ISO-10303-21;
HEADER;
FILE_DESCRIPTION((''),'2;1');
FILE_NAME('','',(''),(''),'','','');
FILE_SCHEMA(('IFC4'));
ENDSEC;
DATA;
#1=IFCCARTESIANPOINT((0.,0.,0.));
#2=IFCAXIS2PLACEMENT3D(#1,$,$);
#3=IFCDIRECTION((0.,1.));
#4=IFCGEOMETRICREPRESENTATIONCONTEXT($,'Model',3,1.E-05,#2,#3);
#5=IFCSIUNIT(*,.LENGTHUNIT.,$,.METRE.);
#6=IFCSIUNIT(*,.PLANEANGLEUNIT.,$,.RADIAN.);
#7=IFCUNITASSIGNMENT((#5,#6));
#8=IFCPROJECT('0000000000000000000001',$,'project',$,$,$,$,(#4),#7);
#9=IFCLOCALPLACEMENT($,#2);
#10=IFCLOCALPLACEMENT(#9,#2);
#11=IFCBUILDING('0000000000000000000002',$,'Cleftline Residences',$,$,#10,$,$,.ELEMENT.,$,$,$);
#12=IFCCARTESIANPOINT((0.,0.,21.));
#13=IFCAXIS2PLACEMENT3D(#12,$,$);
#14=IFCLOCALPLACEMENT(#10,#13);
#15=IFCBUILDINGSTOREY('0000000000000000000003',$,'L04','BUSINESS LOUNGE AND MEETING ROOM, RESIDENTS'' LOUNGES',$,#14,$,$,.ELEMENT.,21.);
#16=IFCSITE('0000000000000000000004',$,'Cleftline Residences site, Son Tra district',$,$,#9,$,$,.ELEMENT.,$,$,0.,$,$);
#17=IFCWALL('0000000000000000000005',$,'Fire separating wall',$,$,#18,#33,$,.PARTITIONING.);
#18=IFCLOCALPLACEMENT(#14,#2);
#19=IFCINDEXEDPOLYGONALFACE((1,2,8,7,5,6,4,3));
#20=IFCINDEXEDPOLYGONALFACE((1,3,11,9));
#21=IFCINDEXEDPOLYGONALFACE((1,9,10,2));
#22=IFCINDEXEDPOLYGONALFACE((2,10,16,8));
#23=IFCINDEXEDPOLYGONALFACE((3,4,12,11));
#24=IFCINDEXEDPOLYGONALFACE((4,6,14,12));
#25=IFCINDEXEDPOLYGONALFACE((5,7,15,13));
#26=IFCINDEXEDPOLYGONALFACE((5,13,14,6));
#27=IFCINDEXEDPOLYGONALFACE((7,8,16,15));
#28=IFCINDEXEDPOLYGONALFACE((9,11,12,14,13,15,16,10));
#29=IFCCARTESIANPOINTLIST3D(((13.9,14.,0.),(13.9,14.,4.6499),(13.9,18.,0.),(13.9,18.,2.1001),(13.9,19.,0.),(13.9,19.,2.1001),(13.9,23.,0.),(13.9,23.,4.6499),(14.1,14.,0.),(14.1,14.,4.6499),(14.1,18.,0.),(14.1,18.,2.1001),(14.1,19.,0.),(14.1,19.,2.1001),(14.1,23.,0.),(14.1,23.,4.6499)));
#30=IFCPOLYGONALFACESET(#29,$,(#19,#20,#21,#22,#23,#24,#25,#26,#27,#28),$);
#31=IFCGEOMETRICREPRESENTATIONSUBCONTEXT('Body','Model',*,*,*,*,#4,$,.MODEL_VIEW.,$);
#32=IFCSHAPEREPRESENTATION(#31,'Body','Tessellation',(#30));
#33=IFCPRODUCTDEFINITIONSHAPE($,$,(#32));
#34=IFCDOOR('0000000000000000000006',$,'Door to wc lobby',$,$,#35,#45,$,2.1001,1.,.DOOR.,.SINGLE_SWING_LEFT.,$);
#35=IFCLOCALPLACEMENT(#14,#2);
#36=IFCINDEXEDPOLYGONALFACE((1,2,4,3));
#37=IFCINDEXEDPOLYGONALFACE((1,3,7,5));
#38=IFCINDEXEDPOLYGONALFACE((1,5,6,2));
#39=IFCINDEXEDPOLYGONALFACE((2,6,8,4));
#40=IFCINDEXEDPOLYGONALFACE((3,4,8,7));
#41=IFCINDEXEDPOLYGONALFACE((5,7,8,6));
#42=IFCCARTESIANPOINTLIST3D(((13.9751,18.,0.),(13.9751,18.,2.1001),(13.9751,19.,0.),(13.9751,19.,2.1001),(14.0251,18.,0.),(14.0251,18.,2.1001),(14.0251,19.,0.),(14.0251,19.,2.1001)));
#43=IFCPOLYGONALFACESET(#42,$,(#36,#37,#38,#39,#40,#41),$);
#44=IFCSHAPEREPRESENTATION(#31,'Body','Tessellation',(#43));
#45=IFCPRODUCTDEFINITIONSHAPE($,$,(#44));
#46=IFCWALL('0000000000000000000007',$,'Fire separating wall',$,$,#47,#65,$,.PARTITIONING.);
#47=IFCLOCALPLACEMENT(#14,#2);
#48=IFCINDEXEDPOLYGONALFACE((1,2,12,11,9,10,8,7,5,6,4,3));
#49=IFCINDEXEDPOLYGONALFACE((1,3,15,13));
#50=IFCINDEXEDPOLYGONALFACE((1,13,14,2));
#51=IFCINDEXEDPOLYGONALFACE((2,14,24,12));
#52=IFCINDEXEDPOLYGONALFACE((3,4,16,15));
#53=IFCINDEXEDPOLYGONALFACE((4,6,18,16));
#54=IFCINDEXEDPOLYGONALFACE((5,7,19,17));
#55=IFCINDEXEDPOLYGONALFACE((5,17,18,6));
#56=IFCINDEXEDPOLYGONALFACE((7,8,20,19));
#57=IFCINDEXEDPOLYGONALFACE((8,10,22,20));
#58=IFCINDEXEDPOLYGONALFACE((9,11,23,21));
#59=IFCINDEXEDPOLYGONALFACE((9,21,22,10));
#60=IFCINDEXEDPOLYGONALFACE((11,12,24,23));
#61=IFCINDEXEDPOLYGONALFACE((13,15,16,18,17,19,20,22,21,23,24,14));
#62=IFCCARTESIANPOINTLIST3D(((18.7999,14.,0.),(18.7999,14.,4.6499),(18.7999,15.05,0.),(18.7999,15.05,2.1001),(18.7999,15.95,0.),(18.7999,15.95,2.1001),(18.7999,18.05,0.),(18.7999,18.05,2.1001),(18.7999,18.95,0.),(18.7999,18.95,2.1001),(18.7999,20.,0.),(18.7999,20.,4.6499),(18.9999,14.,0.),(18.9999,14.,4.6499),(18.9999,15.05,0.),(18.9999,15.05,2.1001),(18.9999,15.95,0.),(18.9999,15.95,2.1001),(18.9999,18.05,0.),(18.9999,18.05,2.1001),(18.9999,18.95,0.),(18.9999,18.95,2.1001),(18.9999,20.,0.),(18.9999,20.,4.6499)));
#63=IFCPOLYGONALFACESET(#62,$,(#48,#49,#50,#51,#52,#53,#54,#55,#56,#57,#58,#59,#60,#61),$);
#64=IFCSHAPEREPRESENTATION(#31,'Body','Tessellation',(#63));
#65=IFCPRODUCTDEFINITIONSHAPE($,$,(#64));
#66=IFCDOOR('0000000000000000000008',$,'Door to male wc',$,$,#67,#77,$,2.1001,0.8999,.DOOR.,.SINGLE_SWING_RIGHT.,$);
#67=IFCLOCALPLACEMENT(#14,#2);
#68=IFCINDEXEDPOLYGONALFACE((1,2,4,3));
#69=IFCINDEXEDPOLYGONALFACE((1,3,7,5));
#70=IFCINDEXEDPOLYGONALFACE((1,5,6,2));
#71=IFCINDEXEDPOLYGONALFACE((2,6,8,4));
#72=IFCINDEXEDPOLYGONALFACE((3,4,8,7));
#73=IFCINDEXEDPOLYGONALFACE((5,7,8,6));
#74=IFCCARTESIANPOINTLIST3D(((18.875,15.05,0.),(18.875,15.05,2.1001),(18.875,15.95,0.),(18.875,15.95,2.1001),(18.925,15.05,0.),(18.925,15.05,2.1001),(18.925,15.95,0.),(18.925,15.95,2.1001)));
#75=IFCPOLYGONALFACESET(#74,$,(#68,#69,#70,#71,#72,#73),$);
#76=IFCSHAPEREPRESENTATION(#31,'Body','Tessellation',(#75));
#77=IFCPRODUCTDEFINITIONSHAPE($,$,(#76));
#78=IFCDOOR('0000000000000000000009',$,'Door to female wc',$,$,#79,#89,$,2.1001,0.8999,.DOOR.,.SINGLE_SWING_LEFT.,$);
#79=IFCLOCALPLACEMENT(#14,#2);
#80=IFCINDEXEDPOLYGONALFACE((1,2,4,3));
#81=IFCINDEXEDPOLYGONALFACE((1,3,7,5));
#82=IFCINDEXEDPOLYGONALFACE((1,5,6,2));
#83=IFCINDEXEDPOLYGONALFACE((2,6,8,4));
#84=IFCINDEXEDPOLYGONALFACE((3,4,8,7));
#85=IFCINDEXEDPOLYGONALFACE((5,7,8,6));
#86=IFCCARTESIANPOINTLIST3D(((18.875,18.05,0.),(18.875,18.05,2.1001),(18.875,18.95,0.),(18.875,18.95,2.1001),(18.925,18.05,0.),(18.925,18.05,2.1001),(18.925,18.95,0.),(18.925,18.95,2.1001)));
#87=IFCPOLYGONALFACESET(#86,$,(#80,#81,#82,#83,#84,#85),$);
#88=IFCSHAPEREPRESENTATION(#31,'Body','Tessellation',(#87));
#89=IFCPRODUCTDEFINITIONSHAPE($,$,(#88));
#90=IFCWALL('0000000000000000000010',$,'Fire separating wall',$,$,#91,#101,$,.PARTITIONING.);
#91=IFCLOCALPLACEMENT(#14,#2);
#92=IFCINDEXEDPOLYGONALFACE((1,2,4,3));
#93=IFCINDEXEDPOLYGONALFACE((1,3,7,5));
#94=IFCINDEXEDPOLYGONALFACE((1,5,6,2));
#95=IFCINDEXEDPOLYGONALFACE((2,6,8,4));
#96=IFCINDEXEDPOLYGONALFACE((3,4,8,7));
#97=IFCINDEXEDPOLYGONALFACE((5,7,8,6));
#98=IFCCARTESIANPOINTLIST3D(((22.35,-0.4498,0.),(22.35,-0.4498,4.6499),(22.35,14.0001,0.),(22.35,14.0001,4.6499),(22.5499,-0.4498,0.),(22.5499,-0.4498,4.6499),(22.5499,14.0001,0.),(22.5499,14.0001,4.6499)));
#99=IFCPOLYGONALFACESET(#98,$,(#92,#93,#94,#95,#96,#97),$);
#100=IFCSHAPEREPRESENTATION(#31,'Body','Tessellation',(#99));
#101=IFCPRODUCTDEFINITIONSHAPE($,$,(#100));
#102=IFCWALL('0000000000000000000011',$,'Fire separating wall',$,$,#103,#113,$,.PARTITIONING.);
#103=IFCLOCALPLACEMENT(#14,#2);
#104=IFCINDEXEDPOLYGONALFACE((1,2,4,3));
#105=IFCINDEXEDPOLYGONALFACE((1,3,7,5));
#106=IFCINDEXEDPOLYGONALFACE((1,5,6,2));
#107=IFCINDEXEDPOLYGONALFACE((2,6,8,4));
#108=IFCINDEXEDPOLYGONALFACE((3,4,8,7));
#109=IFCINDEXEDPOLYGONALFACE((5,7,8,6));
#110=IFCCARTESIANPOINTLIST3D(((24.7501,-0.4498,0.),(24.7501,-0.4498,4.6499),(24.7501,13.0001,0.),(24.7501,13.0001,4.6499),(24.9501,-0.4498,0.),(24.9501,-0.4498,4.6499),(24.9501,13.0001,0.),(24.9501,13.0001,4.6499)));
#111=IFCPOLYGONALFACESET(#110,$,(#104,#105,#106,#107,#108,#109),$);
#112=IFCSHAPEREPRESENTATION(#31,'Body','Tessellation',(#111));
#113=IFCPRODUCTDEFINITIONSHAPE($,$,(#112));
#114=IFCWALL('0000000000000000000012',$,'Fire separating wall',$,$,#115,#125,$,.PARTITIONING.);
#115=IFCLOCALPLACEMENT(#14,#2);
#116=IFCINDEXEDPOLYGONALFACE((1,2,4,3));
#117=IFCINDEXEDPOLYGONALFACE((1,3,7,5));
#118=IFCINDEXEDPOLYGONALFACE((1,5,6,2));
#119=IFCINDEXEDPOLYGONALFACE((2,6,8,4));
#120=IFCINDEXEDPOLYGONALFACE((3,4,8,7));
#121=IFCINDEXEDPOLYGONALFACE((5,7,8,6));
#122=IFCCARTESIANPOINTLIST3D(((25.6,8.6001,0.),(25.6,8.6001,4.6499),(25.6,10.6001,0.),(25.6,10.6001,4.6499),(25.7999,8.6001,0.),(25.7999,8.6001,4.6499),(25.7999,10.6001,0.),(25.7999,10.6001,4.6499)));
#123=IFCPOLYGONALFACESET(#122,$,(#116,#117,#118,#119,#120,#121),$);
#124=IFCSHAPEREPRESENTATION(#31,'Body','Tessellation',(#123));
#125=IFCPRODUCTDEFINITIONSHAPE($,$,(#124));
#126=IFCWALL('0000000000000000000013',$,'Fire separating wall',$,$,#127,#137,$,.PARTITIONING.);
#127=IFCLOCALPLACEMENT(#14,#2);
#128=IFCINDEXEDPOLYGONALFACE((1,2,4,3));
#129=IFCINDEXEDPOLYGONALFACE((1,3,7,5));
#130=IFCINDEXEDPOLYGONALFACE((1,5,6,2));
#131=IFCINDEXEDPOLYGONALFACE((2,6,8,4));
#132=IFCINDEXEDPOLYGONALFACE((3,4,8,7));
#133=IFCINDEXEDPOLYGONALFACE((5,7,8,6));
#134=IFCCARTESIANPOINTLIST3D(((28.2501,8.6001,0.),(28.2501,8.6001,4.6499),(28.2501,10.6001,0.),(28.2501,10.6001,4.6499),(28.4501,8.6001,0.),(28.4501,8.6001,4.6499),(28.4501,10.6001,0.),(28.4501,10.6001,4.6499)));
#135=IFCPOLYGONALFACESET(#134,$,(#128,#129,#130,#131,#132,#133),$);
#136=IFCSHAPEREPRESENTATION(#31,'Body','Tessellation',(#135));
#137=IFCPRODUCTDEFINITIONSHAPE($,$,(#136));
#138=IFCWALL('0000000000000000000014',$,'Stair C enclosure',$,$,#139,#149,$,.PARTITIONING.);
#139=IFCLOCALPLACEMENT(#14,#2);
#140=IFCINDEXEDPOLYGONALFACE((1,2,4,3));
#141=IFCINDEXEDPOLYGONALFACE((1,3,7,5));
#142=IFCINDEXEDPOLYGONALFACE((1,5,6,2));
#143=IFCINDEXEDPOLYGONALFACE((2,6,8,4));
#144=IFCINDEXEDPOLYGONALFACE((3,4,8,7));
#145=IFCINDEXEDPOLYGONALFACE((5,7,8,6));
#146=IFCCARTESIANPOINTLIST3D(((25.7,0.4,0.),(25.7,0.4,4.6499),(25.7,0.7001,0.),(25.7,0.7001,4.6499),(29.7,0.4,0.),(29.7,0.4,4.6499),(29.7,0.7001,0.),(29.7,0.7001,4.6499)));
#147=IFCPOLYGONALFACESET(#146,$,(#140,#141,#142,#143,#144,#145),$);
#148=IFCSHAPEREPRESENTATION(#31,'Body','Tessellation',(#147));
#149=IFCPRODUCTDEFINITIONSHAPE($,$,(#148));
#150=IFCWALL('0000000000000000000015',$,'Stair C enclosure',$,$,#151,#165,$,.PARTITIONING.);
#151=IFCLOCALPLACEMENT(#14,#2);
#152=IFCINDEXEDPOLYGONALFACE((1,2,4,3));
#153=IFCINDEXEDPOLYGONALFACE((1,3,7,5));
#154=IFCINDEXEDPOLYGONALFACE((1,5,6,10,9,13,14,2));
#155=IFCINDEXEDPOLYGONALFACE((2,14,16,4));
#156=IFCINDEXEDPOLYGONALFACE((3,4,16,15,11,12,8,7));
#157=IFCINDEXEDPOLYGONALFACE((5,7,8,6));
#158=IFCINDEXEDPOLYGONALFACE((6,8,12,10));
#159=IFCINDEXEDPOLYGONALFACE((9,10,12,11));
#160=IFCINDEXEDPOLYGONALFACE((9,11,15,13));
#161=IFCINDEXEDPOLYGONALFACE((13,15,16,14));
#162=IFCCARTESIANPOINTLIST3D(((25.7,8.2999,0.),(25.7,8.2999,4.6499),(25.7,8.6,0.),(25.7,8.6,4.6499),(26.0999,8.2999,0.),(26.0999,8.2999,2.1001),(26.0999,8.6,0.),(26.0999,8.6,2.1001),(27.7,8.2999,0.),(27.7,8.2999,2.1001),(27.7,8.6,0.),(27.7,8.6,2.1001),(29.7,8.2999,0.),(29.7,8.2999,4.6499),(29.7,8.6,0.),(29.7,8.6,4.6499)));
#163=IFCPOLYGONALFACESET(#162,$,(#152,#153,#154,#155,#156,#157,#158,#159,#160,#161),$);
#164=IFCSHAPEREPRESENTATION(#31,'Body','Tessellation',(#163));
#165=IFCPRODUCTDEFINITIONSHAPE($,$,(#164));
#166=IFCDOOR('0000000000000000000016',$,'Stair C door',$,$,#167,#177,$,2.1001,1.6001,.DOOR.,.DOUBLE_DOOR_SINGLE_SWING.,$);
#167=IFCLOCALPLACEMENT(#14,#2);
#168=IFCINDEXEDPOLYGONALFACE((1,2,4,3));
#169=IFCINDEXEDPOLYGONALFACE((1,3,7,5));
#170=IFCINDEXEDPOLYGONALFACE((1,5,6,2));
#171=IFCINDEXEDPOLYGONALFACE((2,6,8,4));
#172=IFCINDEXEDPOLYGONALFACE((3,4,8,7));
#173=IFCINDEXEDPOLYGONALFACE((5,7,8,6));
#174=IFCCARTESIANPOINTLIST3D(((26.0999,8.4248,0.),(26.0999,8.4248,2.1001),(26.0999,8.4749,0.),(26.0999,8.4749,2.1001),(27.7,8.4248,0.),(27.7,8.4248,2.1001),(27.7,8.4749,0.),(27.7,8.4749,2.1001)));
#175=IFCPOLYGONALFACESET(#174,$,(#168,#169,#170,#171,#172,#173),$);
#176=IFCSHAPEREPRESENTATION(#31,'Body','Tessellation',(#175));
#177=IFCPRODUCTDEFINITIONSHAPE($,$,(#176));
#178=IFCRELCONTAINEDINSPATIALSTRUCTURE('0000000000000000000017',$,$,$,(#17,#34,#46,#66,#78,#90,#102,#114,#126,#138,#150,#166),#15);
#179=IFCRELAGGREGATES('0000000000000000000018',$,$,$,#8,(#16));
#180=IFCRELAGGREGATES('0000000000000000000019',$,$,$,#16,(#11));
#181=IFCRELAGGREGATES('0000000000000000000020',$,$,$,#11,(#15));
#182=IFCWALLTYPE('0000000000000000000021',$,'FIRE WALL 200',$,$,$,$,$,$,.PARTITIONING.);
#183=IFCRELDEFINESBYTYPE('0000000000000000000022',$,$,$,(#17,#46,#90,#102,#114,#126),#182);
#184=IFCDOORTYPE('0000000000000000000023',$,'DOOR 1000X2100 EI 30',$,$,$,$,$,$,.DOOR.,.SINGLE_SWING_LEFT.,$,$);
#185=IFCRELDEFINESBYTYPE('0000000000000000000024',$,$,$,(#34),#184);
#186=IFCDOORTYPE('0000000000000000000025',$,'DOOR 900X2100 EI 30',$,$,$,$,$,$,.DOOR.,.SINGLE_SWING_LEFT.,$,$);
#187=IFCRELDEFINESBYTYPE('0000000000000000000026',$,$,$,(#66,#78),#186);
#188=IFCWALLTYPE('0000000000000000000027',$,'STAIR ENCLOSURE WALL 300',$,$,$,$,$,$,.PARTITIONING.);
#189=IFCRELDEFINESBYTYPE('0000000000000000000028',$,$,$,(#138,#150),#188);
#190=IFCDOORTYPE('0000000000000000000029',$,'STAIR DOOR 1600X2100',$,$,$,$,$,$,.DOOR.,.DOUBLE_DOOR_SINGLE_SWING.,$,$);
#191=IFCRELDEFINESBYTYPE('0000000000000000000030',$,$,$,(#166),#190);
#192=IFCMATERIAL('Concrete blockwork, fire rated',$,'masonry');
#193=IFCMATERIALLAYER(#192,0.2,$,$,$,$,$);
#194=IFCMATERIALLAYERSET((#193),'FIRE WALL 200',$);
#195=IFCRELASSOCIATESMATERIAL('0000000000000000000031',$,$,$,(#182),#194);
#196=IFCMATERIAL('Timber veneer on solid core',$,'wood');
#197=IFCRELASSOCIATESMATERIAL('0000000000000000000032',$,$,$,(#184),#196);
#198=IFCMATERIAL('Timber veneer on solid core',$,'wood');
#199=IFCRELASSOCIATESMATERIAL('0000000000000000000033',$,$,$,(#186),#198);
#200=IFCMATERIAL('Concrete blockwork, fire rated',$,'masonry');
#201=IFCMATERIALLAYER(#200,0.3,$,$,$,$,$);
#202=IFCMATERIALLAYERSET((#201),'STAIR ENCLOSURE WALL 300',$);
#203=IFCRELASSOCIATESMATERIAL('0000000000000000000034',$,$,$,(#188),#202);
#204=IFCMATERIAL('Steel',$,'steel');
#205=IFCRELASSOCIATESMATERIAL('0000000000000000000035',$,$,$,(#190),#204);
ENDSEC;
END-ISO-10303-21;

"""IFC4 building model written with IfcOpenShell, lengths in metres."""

from ifc_helpers import new_model, si_unit, direction, frame, frame_2d, origin, place, context, subcontext, project, spatial, rectangle, extrude, material, layer, layer_set, type_object, element, fill, save


model = new_model("IFC4")

# Units and contexts
model_context = context("Model", 3, precision=1e-05, world=origin(), true_north=direction((0.0, 1.0)))
body_context = subcontext(model_context, "Body", "Model", "MODEL_VIEW")
ifc_project = project(units=[si_unit("LENGTHUNIT", "METRE"), si_unit("PLANEANGLEUNIT", "RADIAN")], contexts=[model_context])

# Site, building, storey
site_placement = place(None, origin())
site = spatial("IfcSite", under=ifc_project, at=site_placement, Name="Cleftline Residences site, Son Tra district", CompositionType="ELEMENT", RefElevation=0.0)
building_placement = place(site_placement, origin())
building = spatial("IfcBuilding", under=site, at=building_placement, Name="Cleftline Residences", CompositionType="ELEMENT")
storey_placement = place(building_placement, frame((0.0, 0.0, 21.0)))
storey = spatial("IfcBuildingStorey", under=building, at=storey_placement, Name="L04", Description="BUSINESS LOUNGE AND MEETING ROOM, RESIDENTS' LOUNGES", CompositionType="ELEMENT", Elevation=21.0)

# Shared definitions
ifc_material_1 = material(Name="Concrete blockwork, fire rated", Category="masonry")
ifc_layer_1 = layer(ifc_material_1, 0.2)
ifc_layer_set_1 = layer_set([ifc_layer_1], Name="FIRE WALL 200")
wall_type_1 = type_object("IfcWallType", Name="FIRE WALL 200", PredefinedType="PARTITIONING", material=ifc_layer_set_1)

# Wall, opening, door
wall_1_placement = place(storey_placement, frame((14.0, 14.0, 0.0), z_axis=(0.0, 0.0, 1.0), x_axis=(0.0, 1.0, 0.0)))
wall_1 = element("IfcWall", 1, at=wall_1_placement, inside=storey, type_object=wall_type_1, Name="Fire separating wall", PredefinedType="PARTITIONING", context=body_context, shape_type="SweptSolid", body=[
    extrude(rectangle(XDim=9.0, YDim=0.2, at=frame_2d((4.5, 0.0))), origin(), (0.0, 0.0, 1.0), 4.6499),
])
opening_1_placement = place(wall_1_placement, frame((4.0, 0.0, 0.0)))
opening_1 = element("IfcOpeningElement", 2, at=opening_1_placement, cuts=wall_1, PredefinedType="OPENING", context=body_context, shape_type="SweptSolid", body=[
    extrude(rectangle(XDim=1.0, YDim=2.1001, at=frame_2d((0.5, 1.05))), frame((0.0, 0.1099, 0.0), z_axis=(0.0, -1.0, 0.0), x_axis=(1.0, 0.0, 0.0)), (0.0, 0.0, 1.0), 0.22),
])
ifc_material_2 = material(Name="Timber veneer on solid core", Category="wood")
door_type_1 = type_object("IfcDoorType", Name="DOOR 1000X2100 EI 30", OperationType="SINGLE_SWING_LEFT", PredefinedType="DOOR", material=ifc_material_2)
door_1_placement = place(opening_1_placement, origin())
door_1 = element("IfcDoor", 3, at=door_1_placement, inside=storey, type_object=door_type_1, Name="Door to wc lobby", OperationType="SINGLE_SWING_LEFT", OverallHeight=2.1001, OverallWidth=1.0, PredefinedType="DOOR", context=body_context, shape_type="SweptSolid", body=[
    extrude(rectangle(XDim=1.0, YDim=2.1001, at=frame_2d((0.5, 1.05))), frame((0.0, 0.0249, 0.0), z_axis=(0.0, -1.0, 0.0), x_axis=(1.0, 0.0, 0.0)), (0.0, 0.0, 1.0), 0.05),
])
fill(opening_1, door_1)

# Wall, openings, doors
wall_2_placement = place(storey_placement, frame((18.8999, 14.0, 0.0), z_axis=(0.0, 0.0, 1.0), x_axis=(0.0, 1.0, 0.0)))
wall_2 = element("IfcWall", 4, at=wall_2_placement, inside=storey, type_object=wall_type_1, Name="Fire separating wall", PredefinedType="PARTITIONING", context=body_context, shape_type="SweptSolid", body=[
    extrude(rectangle(XDim=6.0, YDim=0.2, at=frame_2d((3.0, 0.0))), origin(), (0.0, 0.0, 1.0), 4.6499),
])
opening_2_placement = place(wall_2_placement, frame((1.05, 0.0, 0.0)))
opening_2 = element("IfcOpeningElement", 5, at=opening_2_placement, cuts=wall_2, PredefinedType="OPENING", context=body_context, shape_type="SweptSolid", body=[
    extrude(rectangle(XDim=0.8999, YDim=2.1001, at=frame_2d((0.45, 1.05))), frame((0.0, 0.1099, 0.0), z_axis=(0.0, -1.0, 0.0), x_axis=(1.0, 0.0, 0.0)), (0.0, 0.0, 1.0), 0.22),
])
opening_3_placement = place(wall_2_placement, frame((4.05, 0.0, 0.0)))
opening_3 = element("IfcOpeningElement", 6, at=opening_3_placement, cuts=wall_2, PredefinedType="OPENING", context=body_context, shape_type="SweptSolid", body=[
    extrude(rectangle(XDim=0.8999, YDim=2.1001, at=frame_2d((0.45, 1.05))), frame((0.0, 0.1099, 0.0), z_axis=(0.0, -1.0, 0.0), x_axis=(1.0, 0.0, 0.0)), (0.0, 0.0, 1.0), 0.22),
])
ifc_material_3 = material(Name="Timber veneer on solid core", Category="wood")
door_type_2 = type_object("IfcDoorType", Name="DOOR 900X2100 EI 30", OperationType="SINGLE_SWING_LEFT", PredefinedType="DOOR", material=ifc_material_3)
door_2_placement = place(opening_2_placement, origin())
door_2 = element("IfcDoor", 7, at=door_2_placement, inside=storey, type_object=door_type_2, Name="Door to male wc", OperationType="SINGLE_SWING_RIGHT", OverallHeight=2.1001, OverallWidth=0.8999, PredefinedType="DOOR", context=body_context, shape_type="SweptSolid", body=[
    extrude(rectangle(XDim=0.8999, YDim=2.1001, at=frame_2d((0.45, 1.05))), frame((0.0, 0.0249, 0.0), z_axis=(0.0, -1.0, 0.0), x_axis=(1.0, 0.0, 0.0)), (0.0, 0.0, 1.0), 0.05),
])
fill(opening_2, door_2)
door_3_placement = place(opening_3_placement, origin())
door_3 = element("IfcDoor", 8, at=door_3_placement, inside=storey, type_object=door_type_2, Name="Door to female wc", OperationType="SINGLE_SWING_LEFT", OverallHeight=2.1001, OverallWidth=0.8999, PredefinedType="DOOR", context=body_context, shape_type="SweptSolid", body=[
    extrude(rectangle(XDim=0.8999, YDim=2.1001, at=frame_2d((0.45, 1.05))), frame((0.0, 0.0249, 0.0), z_axis=(0.0, -1.0, 0.0), x_axis=(1.0, 0.0, 0.0)), (0.0, 0.0, 1.0), 0.05),
])
fill(opening_3, door_3)

# Walls
wall_3_placement = place(storey_placement, frame((22.45, -0.45, 0.0), z_axis=(0.0, 0.0, 1.0), x_axis=(0.0, 1.0, 0.0)))
element("IfcWall", 9, at=wall_3_placement, inside=storey, type_object=wall_type_1, Name="Fire separating wall", PredefinedType="PARTITIONING", context=body_context, shape_type="SweptSolid", body=[
    extrude(rectangle(XDim=14.45, YDim=0.2, at=frame_2d((7.2251, 0.0))), origin(), (0.0, 0.0, 1.0), 4.6499),
])
wall_4_placement = place(storey_placement, frame((24.8501, -0.45, 0.0), z_axis=(0.0, 0.0, 1.0), x_axis=(0.0, 1.0, 0.0)))
element("IfcWall", 10, at=wall_4_placement, inside=storey, type_object=wall_type_1, Name="Fire separating wall", PredefinedType="PARTITIONING", context=body_context, shape_type="SweptSolid", body=[
    extrude(rectangle(XDim=13.45, YDim=0.2, at=frame_2d((6.7251, 0.0))), origin(), (0.0, 0.0, 1.0), 4.6499),
])
for number, where, z_axis, x_axis, name in (
    (11, (25.7, 8.6001, 0.0), (0.0, 0.0, 1.0), (0.0, 1.0, 0.0), "Fire separating wall"),
    (12, (28.3501, 8.6001, 0.0), (0.0, 0.0, 1.0), (0.0, 1.0, 0.0), "Fire separating wall"),
):
    element("IfcWall", number, at=place(storey_placement, frame(where, z_axis=z_axis, x_axis=x_axis)), inside=storey, type_object=wall_type_1, Name=name, PredefinedType="PARTITIONING", context=body_context, shape_type="SweptSolid", body=[
        extrude(rectangle(XDim=2.0, YDim=0.2, at=frame_2d((1.0, 0.0))), origin(), (0.0, 0.0, 1.0), 4.6499),
    ])
ifc_material_4 = material(Name="Concrete blockwork, fire rated", Category="masonry")
ifc_layer_2 = layer(ifc_material_4, 0.3)
ifc_layer_set_2 = layer_set([ifc_layer_2], Name="STAIR ENCLOSURE WALL 300")
wall_type_2 = type_object("IfcWallType", Name="STAIR ENCLOSURE WALL 300", PredefinedType="PARTITIONING", material=ifc_layer_set_2)
wall_5_placement = place(storey_placement, frame((25.7, 0.55, 0.0), z_axis=(0.0, 0.0, 1.0), x_axis=(1.0, 0.0, 0.0)))
element("IfcWall", 13, at=wall_5_placement, inside=storey, type_object=wall_type_2, Name="Stair C enclosure", PredefinedType="PARTITIONING", context=body_context, shape_type="SweptSolid", body=[
    extrude(rectangle(XDim=4.0, YDim=0.3, at=frame_2d((2.0, 0.0))), origin(), (0.0, 0.0, 1.0), 4.6499),
])

# Wall, opening, door
wall_6_placement = place(storey_placement, frame((25.7, 8.45, 0.0), z_axis=(0.0, 0.0, 1.0), x_axis=(1.0, 0.0, 0.0)))
wall_6 = element("IfcWall", 14, at=wall_6_placement, inside=storey, type_object=wall_type_2, Name="Stair C enclosure", PredefinedType="PARTITIONING", context=body_context, shape_type="SweptSolid", body=[
    extrude(rectangle(XDim=4.0, YDim=0.3, at=frame_2d((2.0, 0.0))), origin(), (0.0, 0.0, 1.0), 4.6499),
])
opening_4_placement = place(wall_6_placement, frame((0.3999, 0.0, 0.0)))
opening_4 = element("IfcOpeningElement", 15, at=opening_4_placement, cuts=wall_6, PredefinedType="OPENING", context=body_context, shape_type="SweptSolid", body=[
    extrude(rectangle(XDim=1.6001, YDim=2.1001, at=frame_2d((0.8, 1.05))), frame((0.0, 0.1599, 0.0), z_axis=(0.0, -1.0, 0.0), x_axis=(1.0, 0.0, 0.0)), (0.0, 0.0, 1.0), 0.3201),
])
ifc_material_5 = material(Name="Steel", Category="steel")
door_type_3 = type_object("IfcDoorType", Name="STAIR DOOR 1600X2100", OperationType="DOUBLE_DOOR_SINGLE_SWING", PredefinedType="DOOR", material=ifc_material_5)
door_4_placement = place(opening_4_placement, origin())
door_4 = element("IfcDoor", 16, at=door_4_placement, inside=storey, type_object=door_type_3, Name="Stair C door", OperationType="DOUBLE_DOOR_SINGLE_SWING", OverallHeight=2.1001, OverallWidth=1.6001, PredefinedType="DOOR", context=body_context, shape_type="SweptSolid", body=[
    extrude(rectangle(XDim=1.6001, YDim=2.1001, at=frame_2d((0.8, 1.05))), frame((0.0, 0.0249, 0.0), z_axis=(0.0, -1.0, 0.0), x_axis=(1.0, 0.0, 0.0)), (0.0, 0.0, 1.0), 0.05),
])
fill(opening_4, door_4)

save(model, "model.ifc")
